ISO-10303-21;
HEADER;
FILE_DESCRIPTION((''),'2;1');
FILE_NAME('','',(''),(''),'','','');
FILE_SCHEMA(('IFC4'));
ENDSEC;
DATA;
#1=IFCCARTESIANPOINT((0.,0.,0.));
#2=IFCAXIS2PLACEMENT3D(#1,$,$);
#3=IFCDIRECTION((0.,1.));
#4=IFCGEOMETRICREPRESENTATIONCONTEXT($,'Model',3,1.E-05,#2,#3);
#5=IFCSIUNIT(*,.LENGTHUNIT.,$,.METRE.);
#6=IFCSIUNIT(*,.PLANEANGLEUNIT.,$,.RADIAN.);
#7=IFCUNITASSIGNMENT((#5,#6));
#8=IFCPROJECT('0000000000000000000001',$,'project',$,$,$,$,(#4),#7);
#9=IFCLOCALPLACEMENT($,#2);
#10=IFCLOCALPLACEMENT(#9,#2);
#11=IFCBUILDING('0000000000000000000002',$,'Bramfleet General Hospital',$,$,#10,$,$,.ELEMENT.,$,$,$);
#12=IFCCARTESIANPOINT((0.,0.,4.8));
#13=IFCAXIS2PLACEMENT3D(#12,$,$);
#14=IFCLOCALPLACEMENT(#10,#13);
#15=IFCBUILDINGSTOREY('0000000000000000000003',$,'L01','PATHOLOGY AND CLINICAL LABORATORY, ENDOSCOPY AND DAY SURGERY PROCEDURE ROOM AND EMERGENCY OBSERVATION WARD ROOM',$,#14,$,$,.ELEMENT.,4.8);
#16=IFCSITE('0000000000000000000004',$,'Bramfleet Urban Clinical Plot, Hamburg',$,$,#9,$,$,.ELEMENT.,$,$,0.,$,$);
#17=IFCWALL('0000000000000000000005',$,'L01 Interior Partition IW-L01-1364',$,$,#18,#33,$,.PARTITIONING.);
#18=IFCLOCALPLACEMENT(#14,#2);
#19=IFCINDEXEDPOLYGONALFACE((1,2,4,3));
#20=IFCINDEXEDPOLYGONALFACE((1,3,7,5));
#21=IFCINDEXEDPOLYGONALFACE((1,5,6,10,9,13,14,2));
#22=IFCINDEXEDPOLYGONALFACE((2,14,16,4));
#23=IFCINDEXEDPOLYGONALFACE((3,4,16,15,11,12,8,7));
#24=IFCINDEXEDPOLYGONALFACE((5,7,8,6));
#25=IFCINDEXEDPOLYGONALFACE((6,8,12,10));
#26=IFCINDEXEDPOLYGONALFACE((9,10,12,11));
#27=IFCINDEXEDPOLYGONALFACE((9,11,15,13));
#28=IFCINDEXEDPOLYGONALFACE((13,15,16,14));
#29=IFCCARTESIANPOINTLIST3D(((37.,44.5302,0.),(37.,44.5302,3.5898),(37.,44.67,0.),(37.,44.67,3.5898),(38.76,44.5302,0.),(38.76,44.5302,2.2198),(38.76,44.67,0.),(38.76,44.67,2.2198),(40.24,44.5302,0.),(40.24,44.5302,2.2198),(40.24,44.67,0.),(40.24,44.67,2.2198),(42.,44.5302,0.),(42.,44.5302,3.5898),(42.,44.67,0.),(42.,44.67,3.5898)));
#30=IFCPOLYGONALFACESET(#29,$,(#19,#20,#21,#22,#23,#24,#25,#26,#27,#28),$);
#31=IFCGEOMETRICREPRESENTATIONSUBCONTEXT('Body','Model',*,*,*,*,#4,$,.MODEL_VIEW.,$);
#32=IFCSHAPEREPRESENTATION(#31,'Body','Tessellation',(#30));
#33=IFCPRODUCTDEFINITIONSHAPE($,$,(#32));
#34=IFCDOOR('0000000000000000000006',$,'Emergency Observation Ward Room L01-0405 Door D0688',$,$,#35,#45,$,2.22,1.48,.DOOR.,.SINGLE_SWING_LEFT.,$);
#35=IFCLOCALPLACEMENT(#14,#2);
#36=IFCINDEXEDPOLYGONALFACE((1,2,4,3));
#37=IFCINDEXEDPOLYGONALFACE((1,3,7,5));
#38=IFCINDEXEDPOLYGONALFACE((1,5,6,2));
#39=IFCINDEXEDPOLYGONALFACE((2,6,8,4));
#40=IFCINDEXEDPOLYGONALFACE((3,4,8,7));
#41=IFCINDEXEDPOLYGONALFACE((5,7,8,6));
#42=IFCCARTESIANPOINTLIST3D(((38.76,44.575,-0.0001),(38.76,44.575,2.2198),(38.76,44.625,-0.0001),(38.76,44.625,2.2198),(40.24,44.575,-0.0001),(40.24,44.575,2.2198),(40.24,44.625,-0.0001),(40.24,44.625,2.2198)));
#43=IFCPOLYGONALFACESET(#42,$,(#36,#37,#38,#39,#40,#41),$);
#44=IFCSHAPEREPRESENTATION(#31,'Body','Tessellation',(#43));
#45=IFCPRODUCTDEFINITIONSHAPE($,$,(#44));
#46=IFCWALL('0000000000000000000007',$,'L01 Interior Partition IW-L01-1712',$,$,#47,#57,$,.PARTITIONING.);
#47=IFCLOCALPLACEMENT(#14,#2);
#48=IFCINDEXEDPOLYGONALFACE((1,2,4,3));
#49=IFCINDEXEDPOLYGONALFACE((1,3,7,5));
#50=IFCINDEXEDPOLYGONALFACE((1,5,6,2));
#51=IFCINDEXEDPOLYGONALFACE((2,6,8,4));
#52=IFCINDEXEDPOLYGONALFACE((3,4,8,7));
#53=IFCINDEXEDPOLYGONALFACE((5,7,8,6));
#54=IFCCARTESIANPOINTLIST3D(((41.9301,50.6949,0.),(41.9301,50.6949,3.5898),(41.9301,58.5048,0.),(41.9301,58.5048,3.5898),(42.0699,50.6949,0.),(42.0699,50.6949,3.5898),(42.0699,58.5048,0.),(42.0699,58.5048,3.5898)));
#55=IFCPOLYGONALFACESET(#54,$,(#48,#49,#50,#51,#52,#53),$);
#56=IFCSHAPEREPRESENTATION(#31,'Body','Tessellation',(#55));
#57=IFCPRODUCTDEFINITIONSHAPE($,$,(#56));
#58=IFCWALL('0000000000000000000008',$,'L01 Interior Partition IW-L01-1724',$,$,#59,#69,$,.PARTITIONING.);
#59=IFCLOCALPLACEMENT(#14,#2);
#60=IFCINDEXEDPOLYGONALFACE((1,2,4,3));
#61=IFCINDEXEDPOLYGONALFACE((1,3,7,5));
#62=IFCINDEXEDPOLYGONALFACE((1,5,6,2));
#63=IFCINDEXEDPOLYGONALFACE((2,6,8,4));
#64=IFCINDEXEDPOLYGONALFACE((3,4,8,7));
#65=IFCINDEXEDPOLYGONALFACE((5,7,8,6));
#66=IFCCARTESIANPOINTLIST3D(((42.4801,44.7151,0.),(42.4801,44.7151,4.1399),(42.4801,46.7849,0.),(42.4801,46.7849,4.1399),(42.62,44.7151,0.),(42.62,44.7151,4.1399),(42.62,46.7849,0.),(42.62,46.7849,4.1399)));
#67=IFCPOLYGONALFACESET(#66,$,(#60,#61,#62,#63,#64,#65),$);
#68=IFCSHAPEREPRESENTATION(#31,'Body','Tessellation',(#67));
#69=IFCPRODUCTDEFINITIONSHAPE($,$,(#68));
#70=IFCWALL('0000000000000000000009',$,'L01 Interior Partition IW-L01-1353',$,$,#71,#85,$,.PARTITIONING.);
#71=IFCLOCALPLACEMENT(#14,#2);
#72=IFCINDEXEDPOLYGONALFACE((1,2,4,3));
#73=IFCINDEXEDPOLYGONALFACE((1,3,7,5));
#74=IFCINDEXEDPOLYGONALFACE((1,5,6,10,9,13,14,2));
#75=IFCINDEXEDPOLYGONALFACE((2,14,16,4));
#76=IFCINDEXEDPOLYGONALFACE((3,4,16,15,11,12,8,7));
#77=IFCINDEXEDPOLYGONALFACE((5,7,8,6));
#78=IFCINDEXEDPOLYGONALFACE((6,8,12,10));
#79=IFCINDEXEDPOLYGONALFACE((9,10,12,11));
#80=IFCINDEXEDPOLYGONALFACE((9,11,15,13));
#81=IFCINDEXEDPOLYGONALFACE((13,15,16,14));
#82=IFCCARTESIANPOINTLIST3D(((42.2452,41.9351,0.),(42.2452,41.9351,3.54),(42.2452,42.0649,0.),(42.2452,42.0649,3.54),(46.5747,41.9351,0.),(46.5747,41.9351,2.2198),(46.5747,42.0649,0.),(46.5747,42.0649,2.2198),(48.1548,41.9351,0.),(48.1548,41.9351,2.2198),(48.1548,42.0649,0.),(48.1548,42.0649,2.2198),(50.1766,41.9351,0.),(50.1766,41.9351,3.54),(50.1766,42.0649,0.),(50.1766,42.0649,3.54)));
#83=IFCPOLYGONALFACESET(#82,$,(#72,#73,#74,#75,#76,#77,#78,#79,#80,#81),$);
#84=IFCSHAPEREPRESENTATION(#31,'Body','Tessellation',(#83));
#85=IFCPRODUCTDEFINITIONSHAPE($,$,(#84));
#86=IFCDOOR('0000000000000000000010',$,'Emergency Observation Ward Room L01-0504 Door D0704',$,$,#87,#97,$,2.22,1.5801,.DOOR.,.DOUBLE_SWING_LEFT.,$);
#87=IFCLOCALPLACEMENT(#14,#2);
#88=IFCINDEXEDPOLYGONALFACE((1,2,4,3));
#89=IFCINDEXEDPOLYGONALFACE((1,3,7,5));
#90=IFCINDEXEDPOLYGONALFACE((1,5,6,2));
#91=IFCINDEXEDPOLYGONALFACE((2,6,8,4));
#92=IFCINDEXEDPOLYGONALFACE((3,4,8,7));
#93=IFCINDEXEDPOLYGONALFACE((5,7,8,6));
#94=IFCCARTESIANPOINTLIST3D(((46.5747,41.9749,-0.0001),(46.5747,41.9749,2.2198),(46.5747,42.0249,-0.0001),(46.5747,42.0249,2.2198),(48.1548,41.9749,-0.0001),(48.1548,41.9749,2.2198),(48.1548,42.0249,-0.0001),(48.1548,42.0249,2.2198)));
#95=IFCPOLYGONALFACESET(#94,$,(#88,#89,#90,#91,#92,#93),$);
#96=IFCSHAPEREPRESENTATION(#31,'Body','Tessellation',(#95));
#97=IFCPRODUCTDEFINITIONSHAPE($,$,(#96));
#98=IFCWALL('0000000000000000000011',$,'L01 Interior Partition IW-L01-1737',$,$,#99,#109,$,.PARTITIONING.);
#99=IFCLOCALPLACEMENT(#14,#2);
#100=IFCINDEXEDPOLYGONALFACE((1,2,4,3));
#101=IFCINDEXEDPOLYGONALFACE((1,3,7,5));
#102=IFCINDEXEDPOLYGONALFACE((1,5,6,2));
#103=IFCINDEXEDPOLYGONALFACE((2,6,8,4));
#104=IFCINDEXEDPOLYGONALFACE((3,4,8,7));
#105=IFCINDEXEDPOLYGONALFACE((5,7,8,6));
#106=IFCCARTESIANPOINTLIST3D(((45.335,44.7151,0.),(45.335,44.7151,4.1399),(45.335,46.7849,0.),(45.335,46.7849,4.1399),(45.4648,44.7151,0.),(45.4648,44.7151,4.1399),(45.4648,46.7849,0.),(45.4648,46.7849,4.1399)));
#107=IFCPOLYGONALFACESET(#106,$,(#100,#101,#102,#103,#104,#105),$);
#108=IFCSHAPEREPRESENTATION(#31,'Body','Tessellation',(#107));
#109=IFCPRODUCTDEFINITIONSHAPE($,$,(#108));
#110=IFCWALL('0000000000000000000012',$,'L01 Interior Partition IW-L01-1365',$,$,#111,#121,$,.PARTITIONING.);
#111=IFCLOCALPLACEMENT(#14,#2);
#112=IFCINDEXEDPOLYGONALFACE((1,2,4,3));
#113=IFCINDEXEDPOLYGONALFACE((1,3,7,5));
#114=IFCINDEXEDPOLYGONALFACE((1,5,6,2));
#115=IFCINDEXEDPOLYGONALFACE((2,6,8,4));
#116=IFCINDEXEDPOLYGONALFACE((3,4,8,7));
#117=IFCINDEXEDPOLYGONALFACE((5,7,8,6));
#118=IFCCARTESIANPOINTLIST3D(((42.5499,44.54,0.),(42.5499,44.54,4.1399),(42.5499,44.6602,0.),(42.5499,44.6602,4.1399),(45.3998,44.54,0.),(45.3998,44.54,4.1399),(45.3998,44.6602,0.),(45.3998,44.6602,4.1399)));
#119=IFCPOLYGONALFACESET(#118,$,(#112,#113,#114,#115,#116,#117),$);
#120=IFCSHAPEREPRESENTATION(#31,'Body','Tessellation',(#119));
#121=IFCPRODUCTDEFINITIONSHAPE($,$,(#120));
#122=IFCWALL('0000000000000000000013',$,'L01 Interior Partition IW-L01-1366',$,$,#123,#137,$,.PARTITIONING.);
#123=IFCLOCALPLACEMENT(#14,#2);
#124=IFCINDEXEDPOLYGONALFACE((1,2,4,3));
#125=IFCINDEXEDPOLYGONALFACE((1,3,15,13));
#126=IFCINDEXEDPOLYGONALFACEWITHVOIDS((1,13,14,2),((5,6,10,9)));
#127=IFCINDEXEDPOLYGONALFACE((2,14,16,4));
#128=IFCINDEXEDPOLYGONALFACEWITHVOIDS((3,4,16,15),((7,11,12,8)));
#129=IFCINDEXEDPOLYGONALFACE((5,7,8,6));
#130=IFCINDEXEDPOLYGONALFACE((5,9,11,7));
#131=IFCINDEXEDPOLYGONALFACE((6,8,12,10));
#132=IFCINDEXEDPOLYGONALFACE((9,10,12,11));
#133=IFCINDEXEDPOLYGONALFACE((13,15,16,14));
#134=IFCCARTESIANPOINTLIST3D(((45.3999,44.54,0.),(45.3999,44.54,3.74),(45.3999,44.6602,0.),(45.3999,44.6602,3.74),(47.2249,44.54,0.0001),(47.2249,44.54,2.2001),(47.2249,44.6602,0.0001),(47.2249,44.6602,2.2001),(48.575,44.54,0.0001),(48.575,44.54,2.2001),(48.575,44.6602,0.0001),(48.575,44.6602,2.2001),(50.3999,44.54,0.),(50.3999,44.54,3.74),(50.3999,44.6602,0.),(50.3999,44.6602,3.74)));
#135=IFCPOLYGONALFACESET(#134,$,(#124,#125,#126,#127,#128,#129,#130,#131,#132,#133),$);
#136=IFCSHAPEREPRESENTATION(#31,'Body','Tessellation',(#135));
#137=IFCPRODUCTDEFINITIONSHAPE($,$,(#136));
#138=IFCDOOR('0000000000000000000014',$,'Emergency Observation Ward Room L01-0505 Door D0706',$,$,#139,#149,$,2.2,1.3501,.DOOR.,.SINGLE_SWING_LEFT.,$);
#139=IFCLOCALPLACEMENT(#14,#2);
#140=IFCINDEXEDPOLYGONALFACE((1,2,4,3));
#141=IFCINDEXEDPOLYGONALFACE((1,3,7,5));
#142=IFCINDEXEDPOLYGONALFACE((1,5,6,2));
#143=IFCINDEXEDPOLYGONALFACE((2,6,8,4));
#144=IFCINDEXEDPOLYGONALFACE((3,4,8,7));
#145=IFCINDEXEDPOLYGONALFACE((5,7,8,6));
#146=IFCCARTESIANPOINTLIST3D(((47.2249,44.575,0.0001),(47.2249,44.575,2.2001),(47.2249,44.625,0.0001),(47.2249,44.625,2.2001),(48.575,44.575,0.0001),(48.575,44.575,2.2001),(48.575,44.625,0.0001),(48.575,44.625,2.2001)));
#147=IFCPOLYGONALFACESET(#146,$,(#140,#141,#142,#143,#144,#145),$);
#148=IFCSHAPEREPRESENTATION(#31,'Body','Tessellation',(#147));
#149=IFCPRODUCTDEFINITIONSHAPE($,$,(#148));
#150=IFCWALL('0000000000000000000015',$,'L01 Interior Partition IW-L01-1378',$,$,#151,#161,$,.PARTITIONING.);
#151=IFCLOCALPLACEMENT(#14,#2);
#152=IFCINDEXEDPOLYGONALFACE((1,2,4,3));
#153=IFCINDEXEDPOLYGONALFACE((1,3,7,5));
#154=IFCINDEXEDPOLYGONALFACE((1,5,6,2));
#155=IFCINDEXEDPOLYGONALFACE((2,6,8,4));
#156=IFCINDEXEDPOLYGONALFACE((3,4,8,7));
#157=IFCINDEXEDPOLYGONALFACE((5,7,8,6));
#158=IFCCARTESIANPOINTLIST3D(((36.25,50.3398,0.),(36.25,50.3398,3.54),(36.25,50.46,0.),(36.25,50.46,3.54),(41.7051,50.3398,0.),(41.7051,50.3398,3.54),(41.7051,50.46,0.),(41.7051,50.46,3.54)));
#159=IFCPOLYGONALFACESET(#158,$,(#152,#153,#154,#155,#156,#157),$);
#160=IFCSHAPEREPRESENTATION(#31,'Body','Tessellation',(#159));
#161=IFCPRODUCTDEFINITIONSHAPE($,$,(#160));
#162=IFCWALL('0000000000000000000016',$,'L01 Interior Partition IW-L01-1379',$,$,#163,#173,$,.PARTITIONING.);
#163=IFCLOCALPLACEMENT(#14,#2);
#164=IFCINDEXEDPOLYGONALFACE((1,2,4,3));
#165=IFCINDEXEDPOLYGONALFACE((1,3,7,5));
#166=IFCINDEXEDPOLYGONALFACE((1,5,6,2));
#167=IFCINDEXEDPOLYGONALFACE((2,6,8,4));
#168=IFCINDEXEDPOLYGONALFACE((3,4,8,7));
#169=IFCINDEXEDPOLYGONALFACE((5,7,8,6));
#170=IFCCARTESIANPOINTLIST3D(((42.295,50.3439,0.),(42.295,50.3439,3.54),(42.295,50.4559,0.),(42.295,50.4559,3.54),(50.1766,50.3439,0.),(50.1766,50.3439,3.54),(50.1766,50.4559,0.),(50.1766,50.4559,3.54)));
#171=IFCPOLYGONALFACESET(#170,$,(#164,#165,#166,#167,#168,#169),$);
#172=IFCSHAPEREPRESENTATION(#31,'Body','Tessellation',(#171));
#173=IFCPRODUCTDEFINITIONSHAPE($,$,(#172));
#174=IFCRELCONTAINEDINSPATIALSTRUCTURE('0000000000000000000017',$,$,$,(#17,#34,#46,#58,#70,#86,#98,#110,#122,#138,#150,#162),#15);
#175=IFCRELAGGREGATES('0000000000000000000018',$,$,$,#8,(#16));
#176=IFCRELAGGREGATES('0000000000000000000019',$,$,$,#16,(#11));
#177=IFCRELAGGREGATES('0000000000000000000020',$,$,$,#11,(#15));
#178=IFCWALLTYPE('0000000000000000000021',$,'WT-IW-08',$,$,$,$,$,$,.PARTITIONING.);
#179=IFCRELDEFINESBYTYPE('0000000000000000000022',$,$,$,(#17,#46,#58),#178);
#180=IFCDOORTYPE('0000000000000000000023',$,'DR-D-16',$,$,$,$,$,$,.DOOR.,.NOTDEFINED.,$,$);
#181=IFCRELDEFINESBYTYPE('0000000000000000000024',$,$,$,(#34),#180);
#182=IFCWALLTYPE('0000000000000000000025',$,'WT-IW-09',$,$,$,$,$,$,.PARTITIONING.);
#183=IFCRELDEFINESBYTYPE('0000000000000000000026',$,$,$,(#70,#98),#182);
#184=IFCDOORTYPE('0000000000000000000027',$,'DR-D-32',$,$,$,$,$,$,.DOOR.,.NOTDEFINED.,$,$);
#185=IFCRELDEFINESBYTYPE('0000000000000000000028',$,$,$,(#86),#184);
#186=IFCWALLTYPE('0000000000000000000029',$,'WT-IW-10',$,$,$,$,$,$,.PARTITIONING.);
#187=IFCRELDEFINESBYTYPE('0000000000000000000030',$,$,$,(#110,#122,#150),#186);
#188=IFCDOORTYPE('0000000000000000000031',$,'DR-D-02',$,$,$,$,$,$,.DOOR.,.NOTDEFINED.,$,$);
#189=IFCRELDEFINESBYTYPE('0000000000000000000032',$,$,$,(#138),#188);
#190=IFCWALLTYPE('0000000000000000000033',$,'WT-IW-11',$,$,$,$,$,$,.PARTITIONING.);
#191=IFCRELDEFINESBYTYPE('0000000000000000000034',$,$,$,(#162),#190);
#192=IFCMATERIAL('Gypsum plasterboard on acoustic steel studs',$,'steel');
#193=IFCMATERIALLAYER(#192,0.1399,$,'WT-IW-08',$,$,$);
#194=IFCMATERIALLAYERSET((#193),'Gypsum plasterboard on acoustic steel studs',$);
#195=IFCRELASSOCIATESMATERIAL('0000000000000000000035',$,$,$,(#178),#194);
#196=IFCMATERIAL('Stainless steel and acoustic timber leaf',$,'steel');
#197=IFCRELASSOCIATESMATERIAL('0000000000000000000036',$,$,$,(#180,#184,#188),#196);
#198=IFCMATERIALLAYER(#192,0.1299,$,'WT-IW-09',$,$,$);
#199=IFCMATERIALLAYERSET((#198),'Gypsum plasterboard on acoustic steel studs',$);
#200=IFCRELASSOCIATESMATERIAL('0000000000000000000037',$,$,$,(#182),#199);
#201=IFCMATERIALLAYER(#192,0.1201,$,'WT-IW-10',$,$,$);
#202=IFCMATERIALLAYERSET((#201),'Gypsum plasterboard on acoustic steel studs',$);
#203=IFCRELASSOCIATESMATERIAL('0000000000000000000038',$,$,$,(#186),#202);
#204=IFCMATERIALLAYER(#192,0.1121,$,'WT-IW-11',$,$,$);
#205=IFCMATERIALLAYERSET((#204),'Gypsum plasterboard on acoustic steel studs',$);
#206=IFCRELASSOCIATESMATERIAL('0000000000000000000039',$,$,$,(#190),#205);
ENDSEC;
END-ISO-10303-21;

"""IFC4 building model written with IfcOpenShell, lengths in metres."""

from ifc_helpers import new_model, si_unit, direction, frame, frame_2d, origin, place, context, subcontext, project, spatial, rectangle, extrude, material, layer, layer_set, type_object, element, fill, save


model = new_model("IFC4")

# Units and contexts
model_context = context("Model", 3, precision=1e-05, world=origin(), true_north=direction((0.0, 1.0)))
body_context = subcontext(model_context, "Body", "Model", "MODEL_VIEW")
ifc_project = project(units=[si_unit("LENGTHUNIT", "METRE"), si_unit("PLANEANGLEUNIT", "RADIAN")], contexts=[model_context])

# Site, building, storey
site_placement = place(None, origin())
site = spatial("IfcSite", under=ifc_project, at=site_placement, Name="Bramfleet Urban Clinical Plot, Hamburg", CompositionType="ELEMENT", RefElevation=0.0)
building_placement = place(site_placement, origin())
building = spatial("IfcBuilding", under=site, at=building_placement, Name="Bramfleet General Hospital", CompositionType="ELEMENT")
storey_placement = place(building_placement, frame((0.0, 0.0, 4.8)))
storey = spatial("IfcBuildingStorey", under=building, at=storey_placement, Name="L01", Description="PATHOLOGY AND CLINICAL LABORATORY, ENDOSCOPY AND DAY SURGERY PROCEDURE ROOM AND EMERGENCY OBSERVATION WARD ROOM", CompositionType="ELEMENT", Elevation=4.8)

# Shared definitions
ifc_material_1 = material(Name="Gypsum plasterboard on acoustic steel studs", Category="steel")
ifc_material_2 = material(Name="Stainless steel and acoustic timber leaf", Category="steel")

# Wall, opening, door
ifc_layer_1 = layer(ifc_material_1, 0.1399, Name="WT-IW-08")
ifc_layer_set_1 = layer_set([ifc_layer_1], Name="Gypsum plasterboard on acoustic steel studs")
wall_type_1 = type_object("IfcWallType", Name="WT-IW-08", PredefinedType="PARTITIONING", material=ifc_layer_set_1)
wall_1_placement = place(storey_placement, frame((37.0, 44.6001, 0.0), z_axis=(0.0, 0.0, 1.0), x_axis=(1.0, 0.0, 0.0)))
wall_1 = element("IfcWall", 1, at=wall_1_placement, inside=storey, type_object=wall_type_1, Name="L01 Interior Partition IW-L01-1364", PredefinedType="PARTITIONING", context=body_context, shape_type="SweptSolid", body=[
    extrude(rectangle(XDim=5.0, YDim=0.1399, at=frame_2d((2.5, 0.0))), origin(), (0.0, 0.0, 1.0), 3.5898),
])
opening_1_placement = place(wall_1_placement, frame((1.76, 0.0, 0.0)))
opening_1 = element("IfcOpeningElement", 2, at=opening_1_placement, cuts=wall_1, PredefinedType="OPENING", context=body_context, shape_type="SweptSolid", body=[
    extrude(rectangle(XDim=1.48, YDim=2.22, at=frame_2d((0.74, 1.1099))), frame((0.0, 0.0798, 0.0), z_axis=(0.0, -1.0, 0.0), x_axis=(1.0, 0.0, 0.0)), (0.0, 0.0, 1.0), 0.1599),
])
door_type_1 = type_object("IfcDoorType", Name="DR-D-16", OperationType="NOTDEFINED", PredefinedType="DOOR", material=ifc_material_2)
door_1_placement = place(opening_1_placement, origin())
door_1 = element("IfcDoor", 3, at=door_1_placement, inside=storey, type_object=door_type_1, Name="Emergency Observation Ward Room L01-0405 Door D0688", OperationType="SINGLE_SWING_LEFT", OverallHeight=2.22, OverallWidth=1.48, PredefinedType="DOOR", context=body_context, shape_type="SweptSolid", body=[
    extrude(rectangle(XDim=1.48, YDim=2.22, at=frame_2d((0.74, 1.1099))), frame((0.0, 0.0249, 0.0), z_axis=(0.0, -1.0, 0.0), x_axis=(1.0, 0.0, 0.0)), (0.0, 0.0, 1.0), 0.05),
])
fill(opening_1, door_1)

# Walls
wall_2_placement = place(storey_placement, frame((42.0, 50.6951, 0.0), z_axis=(0.0, 0.0, 1.0), x_axis=(0.0, 1.0, 0.0)))
element("IfcWall", 4, at=wall_2_placement, inside=storey, type_object=wall_type_1, Name="L01 Interior Partition IW-L01-1712", PredefinedType="PARTITIONING", context=body_context, shape_type="SweptSolid", body=[
    extrude(rectangle(XDim=7.8098, YDim=0.1399, at=frame_2d((3.9048, 0.0))), origin(), (0.0, 0.0, 1.0), 3.5898),
])
wall_3_placement = place(storey_placement, frame((42.55, 44.7151, 0.0), z_axis=(0.0, 0.0, 1.0), x_axis=(0.0, 1.0, 0.0)))
element("IfcWall", 5, at=wall_3_placement, inside=storey, type_object=wall_type_1, Name="L01 Interior Partition IW-L01-1724", PredefinedType="PARTITIONING", context=body_context, shape_type="SweptSolid", body=[
    extrude(rectangle(XDim=2.0698, YDim=0.1399, at=frame_2d((1.0349, 0.0))), origin(), (0.0, 0.0, 1.0), 4.1399),
])

# Wall, opening, door
ifc_layer_2 = layer(ifc_material_1, 0.1299, Name="WT-IW-09")
ifc_layer_set_2 = layer_set([ifc_layer_2], Name="Gypsum plasterboard on acoustic steel studs")
wall_type_2 = type_object("IfcWallType", Name="WT-IW-09", PredefinedType="PARTITIONING", material=ifc_layer_set_2)
wall_4_placement = place(storey_placement, frame((42.2451, 42.0, 0.0), z_axis=(0.0, 0.0, 1.0), x_axis=(1.0, 0.0, 0.0)))
wall_4 = element("IfcWall", 6, at=wall_4_placement, inside=storey, type_object=wall_type_2, Name="L01 Interior Partition IW-L01-1353", PredefinedType="PARTITIONING", context=body_context, shape_type="SweptSolid", body=[
    extrude(rectangle(XDim=7.9314, YDim=0.1299, at=frame_2d((3.9658, 0.0))), origin(), (0.0, 0.0, 1.0), 3.54),
])
opening_2_placement = place(wall_4_placement, frame((4.3296, 0.0, 0.0)))
opening_2 = element("IfcOpeningElement", 7, at=opening_2_placement, cuts=wall_4, PredefinedType="OPENING", context=body_context, shape_type="SweptSolid", body=[
    extrude(rectangle(XDim=1.5801, YDim=2.22, at=frame_2d((0.79, 1.1099))), frame((0.0, 0.075, 0.0), z_axis=(0.0, -1.0, 0.0), x_axis=(1.0, 0.0, 0.0)), (0.0, 0.0, 1.0), 0.1499),
])
door_type_2 = type_object("IfcDoorType", Name="DR-D-32", OperationType="NOTDEFINED", PredefinedType="DOOR", material=ifc_material_2)
door_2_placement = place(opening_2_placement, origin())
door_2 = element("IfcDoor", 8, at=door_2_placement, inside=storey, type_object=door_type_2, Name="Emergency Observation Ward Room L01-0504 Door D0704", OperationType="DOUBLE_SWING_LEFT", OverallHeight=2.22, OverallWidth=1.5801, PredefinedType="DOOR", context=body_context, shape_type="SweptSolid", body=[
    extrude(rectangle(XDim=1.5801, YDim=2.22, at=frame_2d((0.79, 1.1099))), frame((0.0, 0.0249, 0.0), z_axis=(0.0, -1.0, 0.0), x_axis=(1.0, 0.0, 0.0)), (0.0, 0.0, 1.0), 0.05),
])
fill(opening_2, door_2)

# Walls
wall_5_placement = place(storey_placement, frame((45.3999, 44.7151, 0.0), z_axis=(0.0, 0.0, 1.0), x_axis=(0.0, 1.0, 0.0)))
element("IfcWall", 9, at=wall_5_placement, inside=storey, type_object=wall_type_2, Name="L01 Interior Partition IW-L01-1737", PredefinedType="PARTITIONING", context=body_context, shape_type="SweptSolid", body=[
    extrude(rectangle(XDim=2.0698, YDim=0.1299, at=frame_2d((1.0349, 0.0))), origin(), (0.0, 0.0, 1.0), 4.1399),
])
ifc_layer_3 = layer(ifc_material_1, 0.1201, Name="WT-IW-10")
ifc_layer_set_3 = layer_set([ifc_layer_3], Name="Gypsum plasterboard on acoustic steel studs")
wall_type_3 = type_object("IfcWallType", Name="WT-IW-10", PredefinedType="PARTITIONING", material=ifc_layer_set_3)
wall_6_placement = place(storey_placement, frame((42.55, 44.6001, 0.0), z_axis=(0.0, 0.0, 1.0), x_axis=(1.0, 0.0, 0.0)))
element("IfcWall", 10, at=wall_6_placement, inside=storey, type_object=wall_type_3, Name="L01 Interior Partition IW-L01-1365", PredefinedType="PARTITIONING", context=body_context, shape_type="SweptSolid", body=[
    extrude(rectangle(XDim=2.8499, YDim=0.1201, at=frame_2d((1.4248, 0.0))), origin(), (0.0, 0.0, 1.0), 4.1399),
])

# Wall, opening, door
wall_7_placement = place(storey_placement, frame((45.3999, 44.6001, 0.0), z_axis=(0.0, 0.0, 1.0), x_axis=(1.0, 0.0, 0.0)))
wall_7 = element("IfcWall", 11, at=wall_7_placement, inside=storey, type_object=wall_type_3, Name="L01 Interior Partition IW-L01-1366", PredefinedType="PARTITIONING", context=body_context, shape_type="SweptSolid", body=[
    extrude(rectangle(XDim=5.0, YDim=0.1201, at=frame_2d((2.5, 0.0))), origin(), (0.0, 0.0, 1.0), 3.74),
])
opening_3_placement = place(wall_7_placement, frame((1.825, 0.0, 0.0)))
opening_3 = element("IfcOpeningElement", 12, at=opening_3_placement, cuts=wall_7, PredefinedType="OPENING", context=body_context, shape_type="SweptSolid", body=[
    extrude(rectangle(XDim=1.3501, YDim=2.2, at=frame_2d((0.675, 1.1001))), frame((0.0, 0.0701, 0.0), z_axis=(0.0, -1.0, 0.0), x_axis=(1.0, 0.0, 0.0)), (0.0, 0.0, 1.0), 0.1401),
])
door_type_3 = type_object("IfcDoorType", Name="DR-D-02", OperationType="NOTDEFINED", PredefinedType="DOOR", material=ifc_material_2)
door_3_placement = place(opening_3_placement, origin())
door_3 = element("IfcDoor", 13, at=door_3_placement, inside=storey, type_object=door_type_3, Name="Emergency Observation Ward Room L01-0505 Door D0706", OperationType="SINGLE_SWING_LEFT", OverallHeight=2.2, OverallWidth=1.3501, PredefinedType="DOOR", context=body_context, shape_type="SweptSolid", body=[
    extrude(rectangle(XDim=1.3501, YDim=2.2, at=frame_2d((0.675, 1.1001))), frame((0.0, 0.0249, 0.0), z_axis=(0.0, -1.0, 0.0), x_axis=(1.0, 0.0, 0.0)), (0.0, 0.0, 1.0), 0.05),
])
fill(opening_3, door_3)

# Walls
wall_8_placement = place(storey_placement, frame((36.25, 50.3999, 0.0), z_axis=(0.0, 0.0, 1.0), x_axis=(1.0, 0.0, 0.0)))
element("IfcWall", 14, at=wall_8_placement, inside=storey, type_object=wall_type_3, Name="L01 Interior Partition IW-L01-1378", PredefinedType="PARTITIONING", context=body_context, shape_type="SweptSolid", body=[
    extrude(rectangle(XDim=5.4551, YDim=0.1201, at=frame_2d((2.7275, 0.0))), origin(), (0.0, 0.0, 1.0), 3.54),
])
ifc_layer_4 = layer(ifc_material_1, 0.1121, Name="WT-IW-11")
ifc_layer_set_4 = layer_set([ifc_layer_4], Name="Gypsum plasterboard on acoustic steel studs")
wall_type_4 = type_object("IfcWallType", Name="WT-IW-11", PredefinedType="PARTITIONING", material=ifc_layer_set_4)
wall_9_placement = place(storey_placement, frame((42.2949, 50.3999, 0.0), z_axis=(0.0, 0.0, 1.0), x_axis=(1.0, 0.0, 0.0)))
element("IfcWall", 15, at=wall_9_placement, inside=storey, type_object=wall_type_4, Name="L01 Interior Partition IW-L01-1379", PredefinedType="PARTITIONING", context=body_context, shape_type="SweptSolid", body=[
    extrude(rectangle(XDim=7.8816, YDim=0.1121, at=frame_2d((3.9409, 0.0))), origin(), (0.0, 0.0, 1.0), 3.54),
])

save(model, "model.ifc")
